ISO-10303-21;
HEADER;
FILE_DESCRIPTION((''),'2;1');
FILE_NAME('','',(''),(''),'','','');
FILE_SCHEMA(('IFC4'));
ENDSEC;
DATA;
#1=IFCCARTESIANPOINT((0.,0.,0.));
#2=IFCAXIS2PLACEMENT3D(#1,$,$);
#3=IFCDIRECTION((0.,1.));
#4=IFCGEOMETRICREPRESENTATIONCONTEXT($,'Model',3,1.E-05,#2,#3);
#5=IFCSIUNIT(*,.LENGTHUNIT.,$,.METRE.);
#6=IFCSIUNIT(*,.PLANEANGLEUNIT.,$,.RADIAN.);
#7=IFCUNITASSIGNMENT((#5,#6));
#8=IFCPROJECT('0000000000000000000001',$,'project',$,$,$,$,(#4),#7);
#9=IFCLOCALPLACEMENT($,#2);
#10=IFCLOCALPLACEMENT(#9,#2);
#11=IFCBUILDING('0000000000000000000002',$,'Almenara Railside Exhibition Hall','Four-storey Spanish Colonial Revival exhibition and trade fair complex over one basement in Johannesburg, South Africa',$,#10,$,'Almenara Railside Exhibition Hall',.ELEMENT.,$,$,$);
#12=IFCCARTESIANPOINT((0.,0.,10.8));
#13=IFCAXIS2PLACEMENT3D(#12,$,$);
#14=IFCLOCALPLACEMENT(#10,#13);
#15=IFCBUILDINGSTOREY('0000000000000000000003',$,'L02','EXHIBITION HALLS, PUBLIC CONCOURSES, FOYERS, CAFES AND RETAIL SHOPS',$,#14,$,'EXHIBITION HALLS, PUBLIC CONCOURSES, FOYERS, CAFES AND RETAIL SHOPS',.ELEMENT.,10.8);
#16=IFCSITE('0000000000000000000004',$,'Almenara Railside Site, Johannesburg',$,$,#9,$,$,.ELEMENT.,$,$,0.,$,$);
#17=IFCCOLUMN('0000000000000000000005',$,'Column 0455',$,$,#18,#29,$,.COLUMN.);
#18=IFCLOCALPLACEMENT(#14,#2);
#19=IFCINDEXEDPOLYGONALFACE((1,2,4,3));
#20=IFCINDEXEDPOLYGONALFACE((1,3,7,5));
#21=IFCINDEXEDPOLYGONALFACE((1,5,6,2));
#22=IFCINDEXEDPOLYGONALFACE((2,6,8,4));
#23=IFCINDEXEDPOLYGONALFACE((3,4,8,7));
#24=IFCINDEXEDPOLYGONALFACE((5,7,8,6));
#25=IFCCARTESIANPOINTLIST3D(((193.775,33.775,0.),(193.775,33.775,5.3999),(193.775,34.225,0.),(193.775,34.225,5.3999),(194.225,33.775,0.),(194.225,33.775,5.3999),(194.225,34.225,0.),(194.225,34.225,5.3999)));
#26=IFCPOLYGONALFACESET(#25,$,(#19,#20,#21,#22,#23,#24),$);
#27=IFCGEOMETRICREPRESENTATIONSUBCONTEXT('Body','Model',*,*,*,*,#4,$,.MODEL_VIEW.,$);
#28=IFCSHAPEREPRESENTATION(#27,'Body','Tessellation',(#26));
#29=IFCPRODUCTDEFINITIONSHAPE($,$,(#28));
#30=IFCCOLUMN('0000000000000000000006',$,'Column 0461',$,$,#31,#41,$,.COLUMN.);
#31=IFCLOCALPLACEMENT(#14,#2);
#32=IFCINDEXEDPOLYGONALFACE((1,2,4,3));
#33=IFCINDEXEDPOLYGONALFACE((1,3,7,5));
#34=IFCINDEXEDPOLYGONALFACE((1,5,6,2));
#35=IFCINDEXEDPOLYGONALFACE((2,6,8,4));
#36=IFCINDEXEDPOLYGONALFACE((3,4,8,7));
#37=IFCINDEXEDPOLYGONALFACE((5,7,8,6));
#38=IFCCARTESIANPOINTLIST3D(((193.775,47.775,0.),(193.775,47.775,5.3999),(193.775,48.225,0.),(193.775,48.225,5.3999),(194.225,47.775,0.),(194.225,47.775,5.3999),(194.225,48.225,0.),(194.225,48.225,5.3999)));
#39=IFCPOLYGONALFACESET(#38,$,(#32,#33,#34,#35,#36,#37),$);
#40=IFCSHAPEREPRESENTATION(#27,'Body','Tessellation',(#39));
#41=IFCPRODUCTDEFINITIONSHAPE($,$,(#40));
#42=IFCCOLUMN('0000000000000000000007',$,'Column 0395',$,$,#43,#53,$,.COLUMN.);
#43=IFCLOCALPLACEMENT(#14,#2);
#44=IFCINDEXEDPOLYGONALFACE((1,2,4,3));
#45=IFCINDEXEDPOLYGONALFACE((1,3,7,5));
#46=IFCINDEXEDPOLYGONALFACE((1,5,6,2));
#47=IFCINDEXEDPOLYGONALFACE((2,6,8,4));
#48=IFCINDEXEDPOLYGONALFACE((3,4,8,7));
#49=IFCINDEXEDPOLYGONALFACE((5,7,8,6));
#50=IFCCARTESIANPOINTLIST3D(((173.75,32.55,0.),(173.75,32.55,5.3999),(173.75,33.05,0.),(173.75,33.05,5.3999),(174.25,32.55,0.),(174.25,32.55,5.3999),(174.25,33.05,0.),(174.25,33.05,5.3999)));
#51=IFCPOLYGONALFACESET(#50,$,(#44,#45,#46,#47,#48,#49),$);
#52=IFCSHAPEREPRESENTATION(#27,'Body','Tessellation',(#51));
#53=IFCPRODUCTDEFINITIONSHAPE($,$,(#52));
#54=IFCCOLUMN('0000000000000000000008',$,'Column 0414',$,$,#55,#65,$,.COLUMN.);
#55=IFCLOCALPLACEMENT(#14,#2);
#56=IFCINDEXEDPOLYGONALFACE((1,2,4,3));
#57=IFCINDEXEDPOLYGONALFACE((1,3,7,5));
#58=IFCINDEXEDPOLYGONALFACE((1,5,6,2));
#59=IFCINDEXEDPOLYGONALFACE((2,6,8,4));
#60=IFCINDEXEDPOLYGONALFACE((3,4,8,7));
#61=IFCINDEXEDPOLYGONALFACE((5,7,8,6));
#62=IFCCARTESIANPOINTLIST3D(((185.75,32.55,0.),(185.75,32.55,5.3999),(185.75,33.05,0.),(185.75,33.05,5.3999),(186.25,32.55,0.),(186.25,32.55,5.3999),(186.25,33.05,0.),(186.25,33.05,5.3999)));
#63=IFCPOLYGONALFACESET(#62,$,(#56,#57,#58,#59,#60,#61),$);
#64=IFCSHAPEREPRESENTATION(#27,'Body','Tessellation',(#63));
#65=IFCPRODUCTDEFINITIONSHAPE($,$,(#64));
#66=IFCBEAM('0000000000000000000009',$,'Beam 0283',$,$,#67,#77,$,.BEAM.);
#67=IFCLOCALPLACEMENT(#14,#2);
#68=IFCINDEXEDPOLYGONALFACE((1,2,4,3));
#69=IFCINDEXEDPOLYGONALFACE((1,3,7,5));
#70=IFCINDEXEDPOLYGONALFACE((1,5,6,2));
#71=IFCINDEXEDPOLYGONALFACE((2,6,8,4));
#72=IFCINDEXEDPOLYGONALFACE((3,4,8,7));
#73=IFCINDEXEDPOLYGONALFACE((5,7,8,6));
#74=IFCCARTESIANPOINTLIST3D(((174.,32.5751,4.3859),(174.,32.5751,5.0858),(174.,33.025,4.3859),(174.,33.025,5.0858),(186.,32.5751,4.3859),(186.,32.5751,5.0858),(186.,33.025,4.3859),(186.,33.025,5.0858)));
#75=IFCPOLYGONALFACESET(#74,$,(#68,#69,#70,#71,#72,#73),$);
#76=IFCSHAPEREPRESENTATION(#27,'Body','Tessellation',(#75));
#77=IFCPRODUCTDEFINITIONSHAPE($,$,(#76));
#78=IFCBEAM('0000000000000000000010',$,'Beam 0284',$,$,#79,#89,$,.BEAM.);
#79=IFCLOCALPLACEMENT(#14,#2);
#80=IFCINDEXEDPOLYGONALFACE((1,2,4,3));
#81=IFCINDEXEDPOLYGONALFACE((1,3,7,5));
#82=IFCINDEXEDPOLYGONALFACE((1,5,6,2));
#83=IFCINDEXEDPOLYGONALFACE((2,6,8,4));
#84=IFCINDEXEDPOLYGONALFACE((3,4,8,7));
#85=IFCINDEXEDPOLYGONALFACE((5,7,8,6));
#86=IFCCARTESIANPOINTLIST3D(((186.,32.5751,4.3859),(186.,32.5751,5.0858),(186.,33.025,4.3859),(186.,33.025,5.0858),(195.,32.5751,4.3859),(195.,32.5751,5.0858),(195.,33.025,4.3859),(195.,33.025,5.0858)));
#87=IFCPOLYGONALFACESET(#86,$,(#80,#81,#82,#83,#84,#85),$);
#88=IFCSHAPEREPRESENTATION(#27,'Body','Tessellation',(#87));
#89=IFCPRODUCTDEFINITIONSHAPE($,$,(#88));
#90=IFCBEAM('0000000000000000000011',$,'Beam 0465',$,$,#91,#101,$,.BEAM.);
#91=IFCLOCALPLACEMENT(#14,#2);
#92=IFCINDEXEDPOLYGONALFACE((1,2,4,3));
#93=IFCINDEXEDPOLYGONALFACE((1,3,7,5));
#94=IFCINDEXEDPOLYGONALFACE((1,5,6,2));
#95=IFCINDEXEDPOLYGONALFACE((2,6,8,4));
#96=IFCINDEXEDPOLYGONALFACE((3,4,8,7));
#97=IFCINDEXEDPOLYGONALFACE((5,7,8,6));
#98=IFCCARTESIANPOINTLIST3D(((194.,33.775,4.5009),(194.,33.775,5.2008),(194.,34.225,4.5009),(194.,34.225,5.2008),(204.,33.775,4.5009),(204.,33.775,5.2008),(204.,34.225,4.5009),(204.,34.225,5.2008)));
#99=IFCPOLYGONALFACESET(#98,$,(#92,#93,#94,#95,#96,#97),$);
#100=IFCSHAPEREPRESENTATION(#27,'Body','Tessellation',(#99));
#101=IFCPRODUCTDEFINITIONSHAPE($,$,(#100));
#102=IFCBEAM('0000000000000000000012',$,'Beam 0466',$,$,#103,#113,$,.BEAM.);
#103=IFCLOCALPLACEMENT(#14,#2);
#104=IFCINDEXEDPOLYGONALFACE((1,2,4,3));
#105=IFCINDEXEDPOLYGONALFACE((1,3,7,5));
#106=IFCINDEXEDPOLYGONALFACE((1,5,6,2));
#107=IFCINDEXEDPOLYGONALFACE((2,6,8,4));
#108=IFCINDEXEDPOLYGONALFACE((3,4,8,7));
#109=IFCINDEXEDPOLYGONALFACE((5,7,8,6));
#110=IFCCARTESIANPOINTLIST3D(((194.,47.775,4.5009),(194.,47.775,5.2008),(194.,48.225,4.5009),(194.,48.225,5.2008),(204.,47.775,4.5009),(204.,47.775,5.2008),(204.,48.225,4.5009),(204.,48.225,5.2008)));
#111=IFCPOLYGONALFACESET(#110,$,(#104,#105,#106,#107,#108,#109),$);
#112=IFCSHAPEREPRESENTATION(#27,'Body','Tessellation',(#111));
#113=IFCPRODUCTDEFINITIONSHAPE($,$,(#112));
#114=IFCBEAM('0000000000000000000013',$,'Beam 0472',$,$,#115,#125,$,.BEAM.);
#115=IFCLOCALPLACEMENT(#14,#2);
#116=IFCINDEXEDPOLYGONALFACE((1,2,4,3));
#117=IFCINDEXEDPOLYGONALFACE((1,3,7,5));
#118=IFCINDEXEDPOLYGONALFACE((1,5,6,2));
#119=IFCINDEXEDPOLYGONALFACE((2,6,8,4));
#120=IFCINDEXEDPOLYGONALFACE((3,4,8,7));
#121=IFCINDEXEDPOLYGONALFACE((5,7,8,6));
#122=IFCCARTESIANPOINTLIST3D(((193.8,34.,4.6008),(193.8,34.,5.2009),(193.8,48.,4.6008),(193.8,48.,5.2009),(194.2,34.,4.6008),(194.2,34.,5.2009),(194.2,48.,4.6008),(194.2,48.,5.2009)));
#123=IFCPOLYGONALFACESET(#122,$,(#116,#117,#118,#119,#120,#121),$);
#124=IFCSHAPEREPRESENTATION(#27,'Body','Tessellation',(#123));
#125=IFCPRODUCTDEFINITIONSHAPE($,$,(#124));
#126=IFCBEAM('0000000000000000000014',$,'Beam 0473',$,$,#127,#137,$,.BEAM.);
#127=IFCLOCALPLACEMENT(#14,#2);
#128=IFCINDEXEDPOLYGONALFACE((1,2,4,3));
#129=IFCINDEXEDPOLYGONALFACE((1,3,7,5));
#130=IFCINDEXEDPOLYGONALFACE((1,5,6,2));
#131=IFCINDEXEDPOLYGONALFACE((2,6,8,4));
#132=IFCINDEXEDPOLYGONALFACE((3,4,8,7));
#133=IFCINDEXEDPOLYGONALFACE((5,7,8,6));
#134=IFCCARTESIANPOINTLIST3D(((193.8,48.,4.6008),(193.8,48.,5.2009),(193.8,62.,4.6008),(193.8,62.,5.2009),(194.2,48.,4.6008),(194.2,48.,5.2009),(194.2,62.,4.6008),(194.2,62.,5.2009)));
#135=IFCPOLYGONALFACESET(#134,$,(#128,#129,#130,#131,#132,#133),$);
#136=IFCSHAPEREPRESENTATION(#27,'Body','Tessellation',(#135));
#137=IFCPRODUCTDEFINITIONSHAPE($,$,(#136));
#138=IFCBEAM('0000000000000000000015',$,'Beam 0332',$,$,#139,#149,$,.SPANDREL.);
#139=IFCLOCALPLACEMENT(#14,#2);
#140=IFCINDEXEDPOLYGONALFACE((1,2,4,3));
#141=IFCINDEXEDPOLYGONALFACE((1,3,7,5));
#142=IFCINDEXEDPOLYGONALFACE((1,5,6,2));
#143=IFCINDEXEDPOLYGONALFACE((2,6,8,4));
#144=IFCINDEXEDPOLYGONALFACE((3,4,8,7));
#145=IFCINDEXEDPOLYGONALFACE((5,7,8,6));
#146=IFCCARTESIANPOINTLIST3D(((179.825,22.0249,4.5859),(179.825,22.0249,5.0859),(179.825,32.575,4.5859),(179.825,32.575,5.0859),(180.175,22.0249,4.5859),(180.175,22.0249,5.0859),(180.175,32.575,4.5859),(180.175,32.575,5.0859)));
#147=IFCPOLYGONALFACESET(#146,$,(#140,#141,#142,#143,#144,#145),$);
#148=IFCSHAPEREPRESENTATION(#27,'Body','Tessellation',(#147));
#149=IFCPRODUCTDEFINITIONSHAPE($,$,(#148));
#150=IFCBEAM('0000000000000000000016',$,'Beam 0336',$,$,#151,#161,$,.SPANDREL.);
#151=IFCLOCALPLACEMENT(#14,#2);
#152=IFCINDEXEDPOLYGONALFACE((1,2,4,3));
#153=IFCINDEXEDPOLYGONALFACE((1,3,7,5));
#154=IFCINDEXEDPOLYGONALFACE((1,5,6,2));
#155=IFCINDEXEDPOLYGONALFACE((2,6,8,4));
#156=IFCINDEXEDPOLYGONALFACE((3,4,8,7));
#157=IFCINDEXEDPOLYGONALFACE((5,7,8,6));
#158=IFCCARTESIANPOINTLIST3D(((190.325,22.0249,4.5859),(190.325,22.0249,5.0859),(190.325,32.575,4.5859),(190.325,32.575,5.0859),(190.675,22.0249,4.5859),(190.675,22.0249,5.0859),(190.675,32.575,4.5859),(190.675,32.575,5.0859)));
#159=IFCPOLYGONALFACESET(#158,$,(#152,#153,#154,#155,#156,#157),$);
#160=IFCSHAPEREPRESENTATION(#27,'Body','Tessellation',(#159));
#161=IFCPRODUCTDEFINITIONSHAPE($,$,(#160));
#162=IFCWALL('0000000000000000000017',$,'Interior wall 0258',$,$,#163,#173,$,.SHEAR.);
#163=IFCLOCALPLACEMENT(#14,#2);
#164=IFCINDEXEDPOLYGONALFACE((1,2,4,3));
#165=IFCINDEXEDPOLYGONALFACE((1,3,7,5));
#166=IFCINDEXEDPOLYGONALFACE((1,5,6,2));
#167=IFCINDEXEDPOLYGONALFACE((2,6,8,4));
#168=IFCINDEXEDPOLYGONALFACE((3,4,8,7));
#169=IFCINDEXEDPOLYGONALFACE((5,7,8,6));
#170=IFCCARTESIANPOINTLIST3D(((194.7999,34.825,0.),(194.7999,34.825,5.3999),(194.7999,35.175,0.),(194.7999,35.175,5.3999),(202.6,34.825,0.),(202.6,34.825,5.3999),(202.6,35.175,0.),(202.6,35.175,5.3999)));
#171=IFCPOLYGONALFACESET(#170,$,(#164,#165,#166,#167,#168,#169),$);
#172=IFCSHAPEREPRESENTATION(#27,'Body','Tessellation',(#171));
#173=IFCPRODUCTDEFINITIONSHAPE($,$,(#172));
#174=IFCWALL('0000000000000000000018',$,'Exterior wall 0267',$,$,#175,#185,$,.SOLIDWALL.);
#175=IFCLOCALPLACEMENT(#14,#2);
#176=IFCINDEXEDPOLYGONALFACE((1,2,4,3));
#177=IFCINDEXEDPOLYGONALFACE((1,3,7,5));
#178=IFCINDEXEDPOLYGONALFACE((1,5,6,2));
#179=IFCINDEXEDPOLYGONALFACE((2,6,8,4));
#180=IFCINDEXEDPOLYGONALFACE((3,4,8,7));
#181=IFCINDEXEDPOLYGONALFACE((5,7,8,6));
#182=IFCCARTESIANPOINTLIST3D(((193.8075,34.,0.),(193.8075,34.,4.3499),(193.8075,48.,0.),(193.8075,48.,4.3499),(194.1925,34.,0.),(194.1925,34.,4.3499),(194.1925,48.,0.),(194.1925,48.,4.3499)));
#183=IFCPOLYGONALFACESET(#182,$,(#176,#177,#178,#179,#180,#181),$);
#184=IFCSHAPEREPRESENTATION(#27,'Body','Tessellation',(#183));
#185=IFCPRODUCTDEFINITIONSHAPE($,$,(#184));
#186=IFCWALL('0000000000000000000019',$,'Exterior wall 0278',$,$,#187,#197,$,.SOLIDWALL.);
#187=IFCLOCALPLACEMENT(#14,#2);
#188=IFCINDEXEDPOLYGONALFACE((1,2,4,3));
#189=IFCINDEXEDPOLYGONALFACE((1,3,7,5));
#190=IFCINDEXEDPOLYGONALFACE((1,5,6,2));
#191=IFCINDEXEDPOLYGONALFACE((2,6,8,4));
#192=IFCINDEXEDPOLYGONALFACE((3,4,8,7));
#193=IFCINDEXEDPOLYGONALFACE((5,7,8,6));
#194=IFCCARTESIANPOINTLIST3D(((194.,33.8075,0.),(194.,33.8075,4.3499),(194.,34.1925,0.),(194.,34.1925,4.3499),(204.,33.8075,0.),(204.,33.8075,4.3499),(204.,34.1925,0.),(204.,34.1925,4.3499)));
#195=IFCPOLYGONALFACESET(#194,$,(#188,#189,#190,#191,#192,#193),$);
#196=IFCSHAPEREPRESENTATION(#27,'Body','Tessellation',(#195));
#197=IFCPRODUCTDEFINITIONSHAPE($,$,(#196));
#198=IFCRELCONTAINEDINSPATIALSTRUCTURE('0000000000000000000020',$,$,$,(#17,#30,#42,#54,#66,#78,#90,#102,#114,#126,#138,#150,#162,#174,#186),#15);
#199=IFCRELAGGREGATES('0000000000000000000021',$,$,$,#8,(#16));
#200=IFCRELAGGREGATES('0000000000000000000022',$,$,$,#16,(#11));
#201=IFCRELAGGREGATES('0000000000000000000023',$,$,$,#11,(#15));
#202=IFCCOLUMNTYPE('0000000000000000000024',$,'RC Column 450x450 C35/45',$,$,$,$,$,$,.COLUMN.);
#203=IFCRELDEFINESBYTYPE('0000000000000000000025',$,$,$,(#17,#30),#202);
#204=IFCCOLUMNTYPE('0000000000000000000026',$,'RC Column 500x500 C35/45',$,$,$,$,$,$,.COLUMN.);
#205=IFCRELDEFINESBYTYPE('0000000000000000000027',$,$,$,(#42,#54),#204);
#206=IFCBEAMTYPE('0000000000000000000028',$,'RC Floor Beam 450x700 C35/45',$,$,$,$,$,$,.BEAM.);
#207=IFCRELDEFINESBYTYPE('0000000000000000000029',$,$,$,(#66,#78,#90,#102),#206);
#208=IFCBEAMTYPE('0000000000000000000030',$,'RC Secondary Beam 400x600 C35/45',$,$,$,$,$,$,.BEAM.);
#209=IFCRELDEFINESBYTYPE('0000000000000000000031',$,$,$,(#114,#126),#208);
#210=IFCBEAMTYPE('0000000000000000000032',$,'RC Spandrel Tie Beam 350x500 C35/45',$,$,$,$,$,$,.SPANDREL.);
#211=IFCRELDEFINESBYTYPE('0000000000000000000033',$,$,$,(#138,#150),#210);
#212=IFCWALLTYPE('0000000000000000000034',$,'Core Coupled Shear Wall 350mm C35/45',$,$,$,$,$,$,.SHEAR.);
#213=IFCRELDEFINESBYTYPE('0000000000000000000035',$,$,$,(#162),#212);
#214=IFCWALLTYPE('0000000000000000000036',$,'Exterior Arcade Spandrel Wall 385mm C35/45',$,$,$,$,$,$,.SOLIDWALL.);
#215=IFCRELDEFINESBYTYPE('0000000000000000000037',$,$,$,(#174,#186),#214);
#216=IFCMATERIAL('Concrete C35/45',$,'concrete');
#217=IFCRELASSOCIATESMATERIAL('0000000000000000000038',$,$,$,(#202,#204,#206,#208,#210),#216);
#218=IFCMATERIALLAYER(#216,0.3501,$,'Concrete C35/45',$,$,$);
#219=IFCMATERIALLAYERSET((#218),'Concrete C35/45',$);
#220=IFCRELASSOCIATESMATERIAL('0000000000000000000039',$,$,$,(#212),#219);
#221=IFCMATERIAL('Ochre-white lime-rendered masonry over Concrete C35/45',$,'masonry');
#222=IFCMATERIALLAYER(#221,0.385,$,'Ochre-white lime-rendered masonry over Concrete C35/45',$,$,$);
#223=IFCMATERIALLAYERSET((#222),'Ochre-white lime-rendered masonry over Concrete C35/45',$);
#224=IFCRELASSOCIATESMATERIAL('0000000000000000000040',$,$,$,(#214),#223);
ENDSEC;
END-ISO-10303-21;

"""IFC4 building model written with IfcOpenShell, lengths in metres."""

from ifc_helpers import new_model, si_unit, direction, frame, frame_2d, origin, origin_2d, place, context, subcontext, project, spatial, rectangle, extrude, material, layer, layer_set, material_profile, profile_set, type_object, element, save


model = new_model("IFC4")

# Units and contexts
model_context = context("Model", 3, precision=1e-05, world=origin(), true_north=direction((0.0, 1.0)))
body_context = subcontext(model_context, "Body", "Model", "MODEL_VIEW")
ifc_project = project(units=[si_unit("LENGTHUNIT", "METRE"), si_unit("PLANEANGLEUNIT", "RADIAN")], contexts=[model_context])

# Site, building, storey
site_placement = place(None, origin())
site = spatial("IfcSite", under=ifc_project, at=site_placement, Name="Almenara Railside Site, Johannesburg", CompositionType="ELEMENT", RefElevation=0.0)
building_placement = place(site_placement, origin())
building = spatial("IfcBuilding", under=site, at=building_placement, Name="Almenara Railside Exhibition Hall", Description="Four-storey Spanish Colonial Revival exhibition and trade fair complex over one basement in Johannesburg, South Africa", LongName="Almenara Railside Exhibition Hall", CompositionType="ELEMENT")
storey_placement = place(building_placement, frame((0.0, 0.0, 10.8)))
storey = spatial("IfcBuildingStorey", under=building, at=storey_placement, Name="L02", Description="EXHIBITION HALLS, PUBLIC CONCOURSES, FOYERS, CAFES AND RETAIL SHOPS", LongName="EXHIBITION HALLS, PUBLIC CONCOURSES, FOYERS, CAFES AND RETAIL SHOPS", CompositionType="ELEMENT", Elevation=10.8)

# Columns
ifc_material_1 = material(Name="Concrete C35/45", Category="concrete")
ifc_material_profile_1 = material_profile(ifc_material_1, rectangle(XDim=0.45, YDim=0.45, at=origin_2d()), Name="RC 450x450")
ifc_profile_set_1 = profile_set([ifc_material_profile_1], Name="Concrete C35/45")
column_type_1 = type_object("IfcColumnType", Name="RC Column 450x450 C35/45", PredefinedType="COLUMN", material=ifc_profile_set_1)
for number, where, z_axis, x_axis, name in (
    (1, (194.0, 34.0, 0.0), (0.0, 0.0, 1.0), (1.0, 0.0, 0.0), "Column 0455"),
    (2, (194.0, 48.0, 0.0), (0.0, 0.0, 1.0), (1.0, 0.0, 0.0), "Column 0461"),
):
    element("IfcColumn", number, at=place(storey_placement, frame(where, z_axis=z_axis, x_axis=x_axis)), inside=storey, type_object=column_type_1, Name=name, PredefinedType="COLUMN", context=body_context, shape_type="SweptSolid", body=[
        extrude(rectangle(XDim=0.45, YDim=0.45, at=origin_2d()), origin(), (0.0, 0.0, 1.0), 5.3999),
    ])
ifc_material_profile_2 = material_profile(ifc_material_1, rectangle(XDim=0.5, YDim=0.5, at=origin_2d()), Name="RC 500x500")
ifc_profile_set_2 = profile_set([ifc_material_profile_2], Name="Concrete C35/45")
column_type_2 = type_object("IfcColumnType", Name="RC Column 500x500 C35/45", PredefinedType="COLUMN", material=ifc_profile_set_2)
for number, where, z_axis, x_axis, name in (
    (3, (174.0, 32.8, 0.0), (0.0, 0.0, 1.0), (1.0, 0.0, 0.0), "Column 0395"),
    (4, (186.0, 32.8, 0.0), (0.0, 0.0, 1.0), (1.0, 0.0, 0.0), "Column 0414"),
):
    element("IfcColumn", number, at=place(storey_placement, frame(where, z_axis=z_axis, x_axis=x_axis)), inside=storey, type_object=column_type_2, Name=name, PredefinedType="COLUMN", context=body_context, shape_type="SweptSolid", body=[
        extrude(rectangle(XDim=0.5, YDim=0.5, at=origin_2d()), origin(), (0.0, 0.0, 1.0), 5.3999),
    ])

# Beams
ifc_material_profile_3 = material_profile(ifc_material_1, rectangle(XDim=0.45, YDim=0.7, at=origin_2d()), Name="RC 450x700")
ifc_profile_set_3 = profile_set([ifc_material_profile_3], Name="Concrete C35/45")
beam_type_1 = type_object("IfcBeamType", Name="RC Floor Beam 450x700 C35/45", PredefinedType="BEAM", material=ifc_profile_set_3)
beam_1_placement = place(storey_placement, frame((174.0, 32.8, 4.7358), z_axis=(1.0, 0.0, 0.0), x_axis=(0.0, 1.0, 0.0)))
element("IfcBeam", 5, at=beam_1_placement, inside=storey, type_object=beam_type_1, Name="Beam 0283", PredefinedType="BEAM", context=body_context, shape_type="SweptSolid", body=[
    extrude(rectangle(XDim=0.45, YDim=0.7, at=origin_2d()), origin(), (0.0, 0.0, 1.0), 12.0),
])
beam_2_placement = place(storey_placement, frame((186.0, 32.8, 4.7358), z_axis=(1.0, 0.0, 0.0), x_axis=(0.0, 1.0, 0.0)))
element("IfcBeam", 6, at=beam_2_placement, inside=storey, type_object=beam_type_1, Name="Beam 0284", PredefinedType="BEAM", context=body_context, shape_type="SweptSolid", body=[
    extrude(rectangle(XDim=0.45, YDim=0.7, at=origin_2d()), origin(), (0.0, 0.0, 1.0), 9.0),
])
for number, where, z_axis, x_axis, name in (
    (7, (194.0, 34.0, 4.8508), (1.0, 0.0, 0.0), (0.0, 1.0, 0.0), "Beam 0465"),
    (8, (194.0, 48.0, 4.8508), (1.0, 0.0, 0.0), (0.0, 1.0, 0.0), "Beam 0466"),
):
    element("IfcBeam", number, at=place(storey_placement, frame(where, z_axis=z_axis, x_axis=x_axis)), inside=storey, type_object=beam_type_1, Name=name, PredefinedType="BEAM", context=body_context, shape_type="SweptSolid", body=[
        extrude(rectangle(XDim=0.45, YDim=0.7, at=origin_2d()), origin(), (0.0, 0.0, 1.0), 10.0),
    ])
ifc_material_profile_4 = material_profile(ifc_material_1, rectangle(XDim=0.3999, YDim=0.6001, at=origin_2d()), Name="RC 400x600")
ifc_profile_set_4 = profile_set([ifc_material_profile_4], Name="Concrete C35/45")
beam_type_2 = type_object("IfcBeamType", Name="RC Secondary Beam 400x600 C35/45", PredefinedType="BEAM", material=ifc_profile_set_4)
for number, where, z_axis, x_axis, name in (
    (9, (194.0, 34.0, 4.9009), (0.0, 1.0, 0.0), (-1.0, 0.0, 0.0), "Beam 0472"),
    (10, (194.0, 48.0, 4.9009), (0.0, 1.0, 0.0), (-1.0, 0.0, 0.0), "Beam 0473"),
):
    element("IfcBeam", number, at=place(storey_placement, frame(where, z_axis=z_axis, x_axis=x_axis)), inside=storey, type_object=beam_type_2, Name=name, PredefinedType="BEAM", context=body_context, shape_type="SweptSolid", body=[
        extrude(rectangle(XDim=0.3999, YDim=0.6001, at=origin_2d()), origin(), (0.0, 0.0, 1.0), 14.0),
    ])
ifc_material_profile_5 = material_profile(ifc_material_1, rectangle(XDim=0.3501, YDim=0.5, at=origin_2d()), Name="RC 350x500")
ifc_profile_set_5 = profile_set([ifc_material_profile_5], Name="Concrete C35/45")
beam_type_3 = type_object("IfcBeamType", Name="RC Spandrel Tie Beam 350x500 C35/45", PredefinedType="SPANDREL", material=ifc_profile_set_5)
for number, where, z_axis, x_axis, name in (
    (11, (180.0, 22.0249, 4.8359), (0.0, 1.0, 0.0), (-1.0, 0.0, 0.0), "Beam 0332"),
    (12, (190.5, 22.0249, 4.8359), (0.0, 1.0, 0.0), (-1.0, 0.0, 0.0), "Beam 0336"),
):
    element("IfcBeam", number, at=place(storey_placement, frame(where, z_axis=z_axis, x_axis=x_axis)), inside=storey, type_object=beam_type_3, Name=name, PredefinedType="SPANDREL", context=body_context, shape_type="SweptSolid", body=[
        extrude(rectangle(XDim=0.3501, YDim=0.5, at=origin_2d()), origin(), (0.0, 0.0, 1.0), 10.55),
    ])

# Walls
ifc_layer_1 = layer(ifc_material_1, 0.3501, Name="Concrete C35/45")
ifc_layer_set_1 = layer_set([ifc_layer_1], Name="Concrete C35/45")
wall_type_1 = type_object("IfcWallType", Name="Core Coupled Shear Wall 350mm C35/45", PredefinedType="SHEAR", material=ifc_layer_set_1)
wall_1_placement = place(storey_placement, frame((194.8, 35.0, 0.0), z_axis=(0.0, 0.0, 1.0), x_axis=(1.0, 0.0, 0.0)))
element("IfcWall", 13, at=wall_1_placement, inside=storey, type_object=wall_type_1, Name="Interior wall 0258", PredefinedType="SHEAR", context=body_context, shape_type="SweptSolid", body=[
    extrude(rectangle(XDim=7.8, YDim=0.3501, at=frame_2d((3.8999, 0.0))), origin(), (0.0, 0.0, 1.0), 5.3999),
])
ifc_material_2 = material(Name="Ochre-white lime-rendered masonry over Concrete C35/45", Category="masonry")
ifc_layer_2 = layer(ifc_material_2, 0.385, Name="Ochre-white lime-rendered masonry over Concrete C35/45")
ifc_layer_set_2 = layer_set([ifc_layer_2], Name="Ochre-white lime-rendered masonry over Concrete C35/45")
wall_type_2 = type_object("IfcWallType", Name="Exterior Arcade Spandrel Wall 385mm C35/45", PredefinedType="SOLIDWALL", material=ifc_layer_set_2)
wall_2_placement = place(storey_placement, frame((194.0, 48.0, 0.0), z_axis=(0.0, 0.0, 1.0), x_axis=(0.0, -1.0, 0.0)))
element("IfcWall", 14, at=wall_2_placement, inside=storey, type_object=wall_type_2, Name="Exterior wall 0267", PredefinedType="SOLIDWALL", context=body_context, shape_type="SweptSolid", body=[
    extrude(rectangle(XDim=14.0, YDim=0.385, at=frame_2d((7.0, 0.0))), origin(), (0.0, 0.0, 1.0), 4.3499),
])
wall_3_placement = place(storey_placement, frame((194.0, 34.0, 0.0), z_axis=(0.0, 0.0, 1.0), x_axis=(1.0, 0.0, 0.0)))
element("IfcWall", 15, at=wall_3_placement, inside=storey, type_object=wall_type_2, Name="Exterior wall 0278", PredefinedType="SOLIDWALL", context=body_context, shape_type="SweptSolid", body=[
    extrude(rectangle(XDim=10.0, YDim=0.385, at=frame_2d((5.0, 0.0))), origin(), (0.0, 0.0, 1.0), 4.3499),
])

save(model, "model.ifc")
